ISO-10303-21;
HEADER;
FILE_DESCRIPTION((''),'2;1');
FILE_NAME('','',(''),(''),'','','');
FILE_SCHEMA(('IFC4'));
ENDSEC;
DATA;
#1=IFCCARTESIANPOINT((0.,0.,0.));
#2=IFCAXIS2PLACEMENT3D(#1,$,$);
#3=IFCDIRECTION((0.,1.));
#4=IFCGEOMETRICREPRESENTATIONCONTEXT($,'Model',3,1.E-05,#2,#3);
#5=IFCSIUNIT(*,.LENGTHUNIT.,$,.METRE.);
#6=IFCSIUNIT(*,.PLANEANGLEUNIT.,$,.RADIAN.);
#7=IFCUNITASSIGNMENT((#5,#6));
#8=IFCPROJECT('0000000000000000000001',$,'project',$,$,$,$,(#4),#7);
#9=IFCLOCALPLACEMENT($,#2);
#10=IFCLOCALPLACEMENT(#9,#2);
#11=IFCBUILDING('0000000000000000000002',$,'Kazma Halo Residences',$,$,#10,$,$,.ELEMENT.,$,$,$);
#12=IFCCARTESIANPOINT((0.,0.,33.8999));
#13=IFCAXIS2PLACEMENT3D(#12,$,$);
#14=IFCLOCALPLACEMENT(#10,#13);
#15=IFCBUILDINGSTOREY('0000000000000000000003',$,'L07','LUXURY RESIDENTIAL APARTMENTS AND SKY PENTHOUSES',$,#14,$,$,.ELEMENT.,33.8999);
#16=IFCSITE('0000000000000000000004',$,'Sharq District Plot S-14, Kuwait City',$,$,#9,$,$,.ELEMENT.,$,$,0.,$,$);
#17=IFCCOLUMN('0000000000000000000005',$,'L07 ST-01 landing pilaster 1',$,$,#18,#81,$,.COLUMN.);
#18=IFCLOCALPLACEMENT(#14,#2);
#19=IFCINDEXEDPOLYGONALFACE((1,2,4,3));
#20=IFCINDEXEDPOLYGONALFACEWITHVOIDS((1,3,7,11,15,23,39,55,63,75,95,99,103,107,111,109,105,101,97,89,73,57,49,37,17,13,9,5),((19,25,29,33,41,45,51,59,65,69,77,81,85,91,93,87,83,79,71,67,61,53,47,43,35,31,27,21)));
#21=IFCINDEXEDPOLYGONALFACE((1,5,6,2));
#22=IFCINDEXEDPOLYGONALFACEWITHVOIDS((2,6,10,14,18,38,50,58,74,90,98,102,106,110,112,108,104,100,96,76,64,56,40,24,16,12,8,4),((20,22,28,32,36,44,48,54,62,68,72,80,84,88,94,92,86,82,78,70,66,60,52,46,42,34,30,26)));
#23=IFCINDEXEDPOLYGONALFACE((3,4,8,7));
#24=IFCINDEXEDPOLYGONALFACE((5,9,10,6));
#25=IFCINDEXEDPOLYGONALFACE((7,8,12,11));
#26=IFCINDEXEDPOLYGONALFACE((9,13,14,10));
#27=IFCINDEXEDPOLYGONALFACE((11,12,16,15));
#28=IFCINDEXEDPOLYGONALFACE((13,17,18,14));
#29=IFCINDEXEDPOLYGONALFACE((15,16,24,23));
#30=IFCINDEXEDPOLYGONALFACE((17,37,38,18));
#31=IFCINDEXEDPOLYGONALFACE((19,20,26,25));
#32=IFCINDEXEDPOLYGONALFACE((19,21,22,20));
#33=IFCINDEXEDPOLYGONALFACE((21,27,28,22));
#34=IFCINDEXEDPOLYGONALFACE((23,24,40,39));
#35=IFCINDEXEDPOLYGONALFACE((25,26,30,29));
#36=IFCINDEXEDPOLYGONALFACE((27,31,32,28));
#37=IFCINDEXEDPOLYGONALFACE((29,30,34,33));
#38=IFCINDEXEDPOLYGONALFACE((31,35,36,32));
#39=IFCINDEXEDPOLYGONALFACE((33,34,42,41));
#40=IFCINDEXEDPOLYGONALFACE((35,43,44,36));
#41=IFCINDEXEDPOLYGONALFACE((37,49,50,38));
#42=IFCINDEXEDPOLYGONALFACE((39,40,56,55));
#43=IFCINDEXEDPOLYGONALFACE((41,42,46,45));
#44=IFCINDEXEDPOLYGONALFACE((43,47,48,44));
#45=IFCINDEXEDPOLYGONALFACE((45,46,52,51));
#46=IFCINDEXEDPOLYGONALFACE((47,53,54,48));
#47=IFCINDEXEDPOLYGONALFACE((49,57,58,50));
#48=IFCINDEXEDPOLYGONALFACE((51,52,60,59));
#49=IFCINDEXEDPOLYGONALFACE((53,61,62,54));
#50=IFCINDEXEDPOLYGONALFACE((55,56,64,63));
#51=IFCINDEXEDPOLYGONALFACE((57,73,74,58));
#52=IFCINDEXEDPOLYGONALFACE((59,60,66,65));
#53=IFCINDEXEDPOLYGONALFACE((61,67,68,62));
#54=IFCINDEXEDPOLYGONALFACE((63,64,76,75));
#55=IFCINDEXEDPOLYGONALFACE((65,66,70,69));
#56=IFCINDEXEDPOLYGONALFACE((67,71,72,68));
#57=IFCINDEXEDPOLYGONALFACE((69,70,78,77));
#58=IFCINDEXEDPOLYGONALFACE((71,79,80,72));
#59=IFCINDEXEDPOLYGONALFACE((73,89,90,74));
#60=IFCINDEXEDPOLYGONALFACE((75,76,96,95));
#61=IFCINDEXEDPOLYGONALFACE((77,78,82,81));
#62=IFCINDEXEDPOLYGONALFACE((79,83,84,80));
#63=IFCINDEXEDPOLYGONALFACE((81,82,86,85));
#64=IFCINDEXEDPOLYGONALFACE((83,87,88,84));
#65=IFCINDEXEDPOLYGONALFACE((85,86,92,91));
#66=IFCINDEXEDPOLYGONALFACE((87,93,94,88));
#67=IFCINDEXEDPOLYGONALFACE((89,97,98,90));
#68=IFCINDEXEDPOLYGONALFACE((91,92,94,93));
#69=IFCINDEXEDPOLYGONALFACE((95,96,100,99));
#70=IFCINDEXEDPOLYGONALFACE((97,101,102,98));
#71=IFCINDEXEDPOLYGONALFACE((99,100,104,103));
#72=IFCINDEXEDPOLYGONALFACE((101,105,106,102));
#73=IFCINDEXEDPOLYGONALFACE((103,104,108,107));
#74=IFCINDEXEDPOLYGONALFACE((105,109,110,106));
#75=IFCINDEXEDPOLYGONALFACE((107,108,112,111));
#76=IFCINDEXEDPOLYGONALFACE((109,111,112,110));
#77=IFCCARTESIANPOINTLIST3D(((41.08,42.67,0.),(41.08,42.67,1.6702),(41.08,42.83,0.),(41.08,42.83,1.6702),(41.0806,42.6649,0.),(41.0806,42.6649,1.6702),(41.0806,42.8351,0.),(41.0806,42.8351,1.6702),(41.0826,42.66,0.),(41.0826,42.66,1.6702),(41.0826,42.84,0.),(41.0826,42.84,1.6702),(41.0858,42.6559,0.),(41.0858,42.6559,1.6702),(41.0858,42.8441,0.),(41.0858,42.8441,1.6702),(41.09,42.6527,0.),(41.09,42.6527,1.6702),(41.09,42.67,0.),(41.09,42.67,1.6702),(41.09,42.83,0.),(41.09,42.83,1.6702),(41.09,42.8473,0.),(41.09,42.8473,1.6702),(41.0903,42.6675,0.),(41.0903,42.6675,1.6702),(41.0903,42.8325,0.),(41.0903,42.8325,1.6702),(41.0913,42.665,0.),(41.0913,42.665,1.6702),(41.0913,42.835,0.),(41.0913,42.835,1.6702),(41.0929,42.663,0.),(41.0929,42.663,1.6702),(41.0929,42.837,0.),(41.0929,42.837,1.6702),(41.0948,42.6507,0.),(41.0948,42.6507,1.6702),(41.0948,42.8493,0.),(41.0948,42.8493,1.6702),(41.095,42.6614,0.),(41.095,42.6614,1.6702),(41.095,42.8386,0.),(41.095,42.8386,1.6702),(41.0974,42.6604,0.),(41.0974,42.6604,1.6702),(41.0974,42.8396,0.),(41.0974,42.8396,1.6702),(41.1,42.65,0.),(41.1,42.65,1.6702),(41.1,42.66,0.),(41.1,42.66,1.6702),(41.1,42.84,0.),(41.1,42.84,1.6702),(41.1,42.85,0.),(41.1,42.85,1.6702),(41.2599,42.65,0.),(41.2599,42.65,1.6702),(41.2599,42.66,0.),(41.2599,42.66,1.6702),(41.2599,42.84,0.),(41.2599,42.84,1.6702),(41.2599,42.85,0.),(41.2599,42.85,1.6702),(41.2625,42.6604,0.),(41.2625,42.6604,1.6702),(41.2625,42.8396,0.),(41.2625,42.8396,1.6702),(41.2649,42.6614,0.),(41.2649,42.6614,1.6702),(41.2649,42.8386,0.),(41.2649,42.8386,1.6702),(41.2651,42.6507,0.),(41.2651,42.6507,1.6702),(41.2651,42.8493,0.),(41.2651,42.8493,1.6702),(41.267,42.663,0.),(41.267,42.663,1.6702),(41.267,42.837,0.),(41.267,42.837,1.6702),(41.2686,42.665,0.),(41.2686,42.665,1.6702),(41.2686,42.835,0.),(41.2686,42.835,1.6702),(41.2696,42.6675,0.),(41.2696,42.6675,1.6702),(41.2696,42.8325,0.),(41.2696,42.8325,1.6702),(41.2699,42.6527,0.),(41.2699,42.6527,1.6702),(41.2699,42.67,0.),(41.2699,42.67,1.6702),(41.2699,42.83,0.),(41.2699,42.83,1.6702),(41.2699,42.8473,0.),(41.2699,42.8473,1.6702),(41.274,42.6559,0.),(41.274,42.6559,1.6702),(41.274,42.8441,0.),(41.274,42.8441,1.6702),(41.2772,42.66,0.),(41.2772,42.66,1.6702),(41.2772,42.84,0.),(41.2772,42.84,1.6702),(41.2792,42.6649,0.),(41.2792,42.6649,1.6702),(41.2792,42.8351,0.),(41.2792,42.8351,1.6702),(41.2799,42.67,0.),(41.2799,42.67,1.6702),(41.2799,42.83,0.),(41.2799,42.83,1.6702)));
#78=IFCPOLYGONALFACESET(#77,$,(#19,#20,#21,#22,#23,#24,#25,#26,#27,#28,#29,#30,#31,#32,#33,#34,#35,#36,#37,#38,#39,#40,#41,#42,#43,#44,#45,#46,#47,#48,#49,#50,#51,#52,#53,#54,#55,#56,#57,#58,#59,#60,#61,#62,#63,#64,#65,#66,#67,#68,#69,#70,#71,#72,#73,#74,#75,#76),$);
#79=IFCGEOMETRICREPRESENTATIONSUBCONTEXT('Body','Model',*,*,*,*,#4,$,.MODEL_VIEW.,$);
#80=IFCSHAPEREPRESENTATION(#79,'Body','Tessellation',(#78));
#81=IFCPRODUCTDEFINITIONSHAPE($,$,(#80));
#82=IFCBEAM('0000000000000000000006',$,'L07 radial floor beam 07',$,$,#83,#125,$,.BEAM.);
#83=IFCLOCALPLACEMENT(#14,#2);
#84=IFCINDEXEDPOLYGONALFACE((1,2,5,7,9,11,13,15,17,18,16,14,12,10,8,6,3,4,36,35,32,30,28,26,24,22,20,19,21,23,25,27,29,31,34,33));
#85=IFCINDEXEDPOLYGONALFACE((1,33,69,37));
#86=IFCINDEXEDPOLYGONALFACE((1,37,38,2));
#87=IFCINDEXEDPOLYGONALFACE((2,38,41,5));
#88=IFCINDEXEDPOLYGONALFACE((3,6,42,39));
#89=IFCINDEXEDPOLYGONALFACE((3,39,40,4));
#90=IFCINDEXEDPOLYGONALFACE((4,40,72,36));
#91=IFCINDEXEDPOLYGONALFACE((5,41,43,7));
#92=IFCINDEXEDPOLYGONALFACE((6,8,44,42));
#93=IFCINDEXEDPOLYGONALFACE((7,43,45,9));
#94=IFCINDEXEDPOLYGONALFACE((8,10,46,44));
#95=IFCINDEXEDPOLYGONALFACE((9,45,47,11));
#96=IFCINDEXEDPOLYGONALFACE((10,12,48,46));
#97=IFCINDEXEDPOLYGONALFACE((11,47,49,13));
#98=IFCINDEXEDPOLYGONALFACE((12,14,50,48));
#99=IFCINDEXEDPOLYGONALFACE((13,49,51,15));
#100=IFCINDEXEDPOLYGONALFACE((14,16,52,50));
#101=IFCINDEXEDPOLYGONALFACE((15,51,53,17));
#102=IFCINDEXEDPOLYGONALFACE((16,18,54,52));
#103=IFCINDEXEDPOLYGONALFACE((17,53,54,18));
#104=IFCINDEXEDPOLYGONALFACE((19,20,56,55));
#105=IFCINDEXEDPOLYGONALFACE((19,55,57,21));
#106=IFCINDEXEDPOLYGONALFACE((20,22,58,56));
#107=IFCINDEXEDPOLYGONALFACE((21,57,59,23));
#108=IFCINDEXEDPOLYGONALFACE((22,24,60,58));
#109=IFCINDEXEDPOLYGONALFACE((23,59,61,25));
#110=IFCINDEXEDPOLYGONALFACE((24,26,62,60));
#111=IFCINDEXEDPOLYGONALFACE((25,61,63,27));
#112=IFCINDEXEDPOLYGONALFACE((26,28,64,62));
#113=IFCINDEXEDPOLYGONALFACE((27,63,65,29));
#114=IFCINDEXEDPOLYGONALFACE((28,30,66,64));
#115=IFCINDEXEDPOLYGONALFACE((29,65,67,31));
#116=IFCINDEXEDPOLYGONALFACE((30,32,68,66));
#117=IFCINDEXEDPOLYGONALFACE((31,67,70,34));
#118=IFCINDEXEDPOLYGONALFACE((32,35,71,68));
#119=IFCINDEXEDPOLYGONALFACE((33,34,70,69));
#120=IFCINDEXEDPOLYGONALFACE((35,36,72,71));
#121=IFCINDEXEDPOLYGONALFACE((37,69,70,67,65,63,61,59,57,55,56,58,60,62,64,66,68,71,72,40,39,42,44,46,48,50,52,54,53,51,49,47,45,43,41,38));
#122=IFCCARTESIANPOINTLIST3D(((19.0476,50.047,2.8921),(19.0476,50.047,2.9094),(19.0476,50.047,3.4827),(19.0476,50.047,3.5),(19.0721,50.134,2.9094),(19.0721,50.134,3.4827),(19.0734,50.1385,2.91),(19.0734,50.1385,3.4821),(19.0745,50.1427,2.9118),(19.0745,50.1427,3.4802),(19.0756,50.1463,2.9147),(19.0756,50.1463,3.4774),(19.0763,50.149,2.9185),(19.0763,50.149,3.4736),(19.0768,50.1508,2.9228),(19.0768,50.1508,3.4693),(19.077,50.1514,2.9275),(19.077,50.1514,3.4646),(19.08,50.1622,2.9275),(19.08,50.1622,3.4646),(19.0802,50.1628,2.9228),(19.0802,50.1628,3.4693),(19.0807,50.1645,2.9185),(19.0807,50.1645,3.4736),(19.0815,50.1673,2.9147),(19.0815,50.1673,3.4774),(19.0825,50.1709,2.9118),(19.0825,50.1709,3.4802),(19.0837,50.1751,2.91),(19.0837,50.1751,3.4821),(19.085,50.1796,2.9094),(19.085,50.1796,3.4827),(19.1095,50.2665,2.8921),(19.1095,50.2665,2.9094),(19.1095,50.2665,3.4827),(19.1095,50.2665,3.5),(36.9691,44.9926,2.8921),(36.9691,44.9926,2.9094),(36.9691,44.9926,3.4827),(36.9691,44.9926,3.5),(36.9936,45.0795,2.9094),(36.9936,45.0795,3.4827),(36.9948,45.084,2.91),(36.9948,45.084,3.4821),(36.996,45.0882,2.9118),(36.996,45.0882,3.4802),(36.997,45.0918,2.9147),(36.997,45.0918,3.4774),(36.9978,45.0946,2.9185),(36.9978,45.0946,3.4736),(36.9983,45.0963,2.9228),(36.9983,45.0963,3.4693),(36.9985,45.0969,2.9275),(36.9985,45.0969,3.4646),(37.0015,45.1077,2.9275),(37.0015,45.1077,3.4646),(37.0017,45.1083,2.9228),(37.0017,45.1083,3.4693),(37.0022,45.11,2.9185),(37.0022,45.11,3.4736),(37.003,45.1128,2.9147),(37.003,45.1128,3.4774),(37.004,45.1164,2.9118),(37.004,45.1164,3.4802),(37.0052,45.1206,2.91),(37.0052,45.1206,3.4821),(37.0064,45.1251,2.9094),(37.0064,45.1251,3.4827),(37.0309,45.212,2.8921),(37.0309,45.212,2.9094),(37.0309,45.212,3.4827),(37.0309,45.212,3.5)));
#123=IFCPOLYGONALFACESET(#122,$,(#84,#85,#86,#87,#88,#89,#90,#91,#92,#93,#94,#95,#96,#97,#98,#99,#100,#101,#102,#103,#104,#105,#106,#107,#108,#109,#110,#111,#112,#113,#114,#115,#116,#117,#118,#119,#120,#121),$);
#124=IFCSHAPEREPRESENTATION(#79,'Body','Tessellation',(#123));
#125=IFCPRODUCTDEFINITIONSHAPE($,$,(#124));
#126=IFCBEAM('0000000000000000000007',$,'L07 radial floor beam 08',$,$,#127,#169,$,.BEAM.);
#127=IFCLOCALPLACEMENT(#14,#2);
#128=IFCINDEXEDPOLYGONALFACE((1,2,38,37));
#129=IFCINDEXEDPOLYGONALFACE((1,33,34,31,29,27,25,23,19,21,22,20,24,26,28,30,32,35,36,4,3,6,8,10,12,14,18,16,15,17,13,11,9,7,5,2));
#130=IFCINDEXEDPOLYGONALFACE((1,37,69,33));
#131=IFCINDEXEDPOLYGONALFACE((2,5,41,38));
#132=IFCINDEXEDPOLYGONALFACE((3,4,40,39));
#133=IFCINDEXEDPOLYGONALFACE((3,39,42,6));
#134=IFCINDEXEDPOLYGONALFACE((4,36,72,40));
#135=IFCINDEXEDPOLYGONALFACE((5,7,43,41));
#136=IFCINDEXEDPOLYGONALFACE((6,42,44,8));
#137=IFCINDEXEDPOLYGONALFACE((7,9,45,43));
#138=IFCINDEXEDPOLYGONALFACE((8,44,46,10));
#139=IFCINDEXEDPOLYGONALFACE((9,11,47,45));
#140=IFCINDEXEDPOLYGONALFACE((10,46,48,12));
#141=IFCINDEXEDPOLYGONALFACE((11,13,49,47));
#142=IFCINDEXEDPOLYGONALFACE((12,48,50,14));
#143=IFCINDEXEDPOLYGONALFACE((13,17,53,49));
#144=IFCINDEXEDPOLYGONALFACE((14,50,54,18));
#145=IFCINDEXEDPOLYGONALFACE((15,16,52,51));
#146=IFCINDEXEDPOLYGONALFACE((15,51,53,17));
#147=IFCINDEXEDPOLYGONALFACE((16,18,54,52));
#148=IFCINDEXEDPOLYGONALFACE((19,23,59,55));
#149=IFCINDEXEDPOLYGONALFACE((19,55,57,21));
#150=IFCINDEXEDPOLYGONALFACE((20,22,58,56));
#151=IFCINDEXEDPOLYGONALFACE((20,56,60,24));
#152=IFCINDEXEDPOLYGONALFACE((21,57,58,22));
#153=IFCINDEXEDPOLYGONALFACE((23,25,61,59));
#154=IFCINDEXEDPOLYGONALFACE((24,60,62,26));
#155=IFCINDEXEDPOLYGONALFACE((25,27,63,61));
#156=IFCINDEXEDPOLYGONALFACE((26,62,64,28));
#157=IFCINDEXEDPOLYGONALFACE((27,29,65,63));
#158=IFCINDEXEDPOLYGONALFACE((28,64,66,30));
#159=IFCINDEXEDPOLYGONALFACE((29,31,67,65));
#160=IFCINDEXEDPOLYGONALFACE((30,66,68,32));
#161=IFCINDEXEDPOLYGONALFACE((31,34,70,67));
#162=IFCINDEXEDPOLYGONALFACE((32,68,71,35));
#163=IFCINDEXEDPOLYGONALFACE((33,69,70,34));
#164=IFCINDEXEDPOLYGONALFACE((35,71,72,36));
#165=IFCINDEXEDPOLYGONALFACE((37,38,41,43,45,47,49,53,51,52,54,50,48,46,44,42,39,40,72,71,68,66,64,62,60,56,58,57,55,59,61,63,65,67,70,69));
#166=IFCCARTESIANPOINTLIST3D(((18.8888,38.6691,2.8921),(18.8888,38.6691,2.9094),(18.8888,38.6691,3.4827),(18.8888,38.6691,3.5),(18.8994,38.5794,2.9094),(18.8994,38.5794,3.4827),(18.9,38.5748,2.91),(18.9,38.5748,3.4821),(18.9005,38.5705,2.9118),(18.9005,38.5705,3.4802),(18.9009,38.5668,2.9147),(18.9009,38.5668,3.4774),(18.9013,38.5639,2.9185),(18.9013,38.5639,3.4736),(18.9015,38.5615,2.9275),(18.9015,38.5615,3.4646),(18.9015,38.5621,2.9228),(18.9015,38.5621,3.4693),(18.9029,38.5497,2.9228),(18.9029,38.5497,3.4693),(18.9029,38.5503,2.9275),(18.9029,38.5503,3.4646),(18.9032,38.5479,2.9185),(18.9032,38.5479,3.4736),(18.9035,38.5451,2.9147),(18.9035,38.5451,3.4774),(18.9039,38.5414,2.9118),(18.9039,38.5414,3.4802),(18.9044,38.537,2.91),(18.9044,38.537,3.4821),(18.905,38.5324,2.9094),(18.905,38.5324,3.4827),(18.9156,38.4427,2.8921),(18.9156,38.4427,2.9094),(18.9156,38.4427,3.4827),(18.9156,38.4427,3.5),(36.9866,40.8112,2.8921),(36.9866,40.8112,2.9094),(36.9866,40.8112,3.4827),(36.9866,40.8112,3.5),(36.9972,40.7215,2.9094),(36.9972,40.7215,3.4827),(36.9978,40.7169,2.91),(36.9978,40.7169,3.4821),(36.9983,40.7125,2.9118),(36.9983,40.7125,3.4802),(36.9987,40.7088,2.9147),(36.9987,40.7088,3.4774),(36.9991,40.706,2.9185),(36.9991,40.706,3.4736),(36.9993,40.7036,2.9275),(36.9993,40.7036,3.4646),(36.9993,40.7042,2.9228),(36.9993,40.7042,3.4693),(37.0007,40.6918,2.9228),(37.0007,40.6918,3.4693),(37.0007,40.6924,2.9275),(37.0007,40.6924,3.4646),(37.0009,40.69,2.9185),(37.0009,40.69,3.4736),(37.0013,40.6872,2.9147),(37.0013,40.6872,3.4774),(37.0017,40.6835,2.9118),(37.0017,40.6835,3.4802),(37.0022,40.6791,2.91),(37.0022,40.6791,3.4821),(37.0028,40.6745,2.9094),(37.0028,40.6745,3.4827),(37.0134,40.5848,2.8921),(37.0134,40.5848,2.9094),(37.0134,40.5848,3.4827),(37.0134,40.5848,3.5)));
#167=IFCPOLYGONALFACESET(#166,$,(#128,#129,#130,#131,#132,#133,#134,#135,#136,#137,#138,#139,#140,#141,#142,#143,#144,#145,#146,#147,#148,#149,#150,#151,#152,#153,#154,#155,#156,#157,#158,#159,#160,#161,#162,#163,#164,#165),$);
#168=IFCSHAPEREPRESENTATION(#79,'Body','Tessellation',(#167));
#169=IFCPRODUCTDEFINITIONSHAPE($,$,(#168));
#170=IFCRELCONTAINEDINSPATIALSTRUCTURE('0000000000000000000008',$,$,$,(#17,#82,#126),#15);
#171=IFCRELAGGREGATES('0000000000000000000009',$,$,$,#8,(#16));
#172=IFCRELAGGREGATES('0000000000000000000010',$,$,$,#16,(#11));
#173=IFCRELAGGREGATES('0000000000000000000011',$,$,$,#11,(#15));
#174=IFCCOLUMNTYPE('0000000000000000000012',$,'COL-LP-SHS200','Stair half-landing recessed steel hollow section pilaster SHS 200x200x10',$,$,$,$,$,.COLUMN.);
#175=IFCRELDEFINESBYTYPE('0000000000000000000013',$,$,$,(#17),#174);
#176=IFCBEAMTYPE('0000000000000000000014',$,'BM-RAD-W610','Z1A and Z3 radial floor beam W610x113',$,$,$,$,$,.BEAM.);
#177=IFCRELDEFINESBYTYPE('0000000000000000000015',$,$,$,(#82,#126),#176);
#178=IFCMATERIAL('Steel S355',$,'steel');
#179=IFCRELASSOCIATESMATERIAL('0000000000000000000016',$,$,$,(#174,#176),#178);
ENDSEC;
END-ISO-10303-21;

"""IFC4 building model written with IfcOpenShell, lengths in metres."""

from ifc_helpers import new_model, si_unit, direction, frame, origin, origin_2d, place, context, subcontext, project, spatial, hollow_rectangle, i_section, extrude, material, material_profile, profile_set, type_object, element, save


model = new_model("IFC4")

# Units and contexts
model_context = context("Model", 3, precision=1e-05, world=origin(), true_north=direction((0.0, 1.0)))
body_context = subcontext(model_context, "Body", "Model", "MODEL_VIEW")
ifc_project = project(units=[si_unit("LENGTHUNIT", "METRE"), si_unit("PLANEANGLEUNIT", "RADIAN")], contexts=[model_context])

# Site, building, storey
site_placement = place(None, origin())
site = spatial("IfcSite", under=ifc_project, at=site_placement, Name="Sharq District Plot S-14, Kuwait City", CompositionType="ELEMENT", RefElevation=0.0)
building_placement = place(site_placement, origin())
building = spatial("IfcBuilding", under=site, at=building_placement, Name="Kazma Halo Residences", CompositionType="ELEMENT")
storey_placement = place(building_placement, frame((0.0, 0.0, 33.8999)))
storey = spatial("IfcBuildingStorey", under=building, at=storey_placement, Name="L07", Description="LUXURY RESIDENTIAL APARTMENTS AND SKY PENTHOUSES", CompositionType="ELEMENT", Elevation=33.8999)

# Column
ifc_material_1 = material(Name="Steel S355", Category="steel")
ifc_material_profile_1 = material_profile(ifc_material_1, hollow_rectangle(XDim=0.2, YDim=0.2, WallThickness=0.01, InnerFilletRadius=0.01, OuterFilletRadius=0.02, at=origin_2d()), Name="SHS200x200x10")
ifc_profile_set_1 = profile_set([ifc_material_profile_1], Name="Steel S355")
column_type = type_object("IfcColumnType", Name="COL-LP-SHS200", Description="Stair half-landing recessed steel hollow section pilaster SHS 200x200x10", PredefinedType="COLUMN", material=ifc_profile_set_1)
column_placement = place(storey_placement, frame((41.1799, 42.75, 0.0), z_axis=(0.0, 0.0, 1.0), x_axis=(1.0, 0.0, 0.0)))
element("IfcColumn", 1, at=column_placement, inside=storey, type_object=column_type, Name="L07 ST-01 landing pilaster 1", PredefinedType="COLUMN", context=body_context, shape_type="SweptSolid", body=[
    extrude(hollow_rectangle(XDim=0.2, YDim=0.2, WallThickness=0.01, InnerFilletRadius=0.01, OuterFilletRadius=0.02, at=origin_2d()), origin(), (0.0, 0.0, 1.0), 1.6702),
])

# Beams
ifc_material_profile_2 = material_profile(ifc_material_1, i_section(OverallWidth=0.228, OverallDepth=0.6079, WebThickness=0.0112, FlangeThickness=0.0173, FilletRadius=0.0181, at=origin_2d()), Name="W610x113")
ifc_profile_set_2 = profile_set([ifc_material_profile_2], Name="Steel S355")
beam_type_1 = type_object("IfcBeamType", Name="BM-RAD-W610", Description="Z1A and Z3 radial floor beam W610x113", PredefinedType="BEAM", material=ifc_profile_set_2)
beam_1_placement = place(storey_placement, frame((37.0, 45.1023, 3.196), z_axis=(-0.962454, 0.271445, 0.0), x_axis=(-0.271445, -0.962454, 0.0)))
element("IfcBeam", 2, at=beam_1_placement, inside=storey, type_object=beam_type_1, Name="L07 radial floor beam 07", PredefinedType="BEAM", context=body_context, shape_type="SweptSolid", body=[
    extrude(i_section(OverallWidth=0.228, OverallDepth=0.6079, WebThickness=0.0112, FlangeThickness=0.0173, FilletRadius=0.0181, at=origin_2d()), origin(), (0.0, 0.0, 1.0), 18.6206),
])
beam_2_placement = place(storey_placement, frame((37.0, 40.698, 3.196), z_axis=(-0.993068, -0.117541, 0.0), x_axis=(0.117541, -0.993068, 0.0)))
element("IfcBeam", 3, at=beam_2_placement, inside=storey, type_object=beam_type_1, Name="L07 radial floor beam 08", PredefinedType="BEAM", context=body_context, shape_type="SweptSolid", body=[
    extrude(i_section(OverallWidth=0.228, OverallDepth=0.6079, WebThickness=0.0112, FlangeThickness=0.0173, FilletRadius=0.0181, at=origin_2d()), origin(), (0.0, 0.0, 1.0), 18.2241),
])

save(model, "model.ifc")
